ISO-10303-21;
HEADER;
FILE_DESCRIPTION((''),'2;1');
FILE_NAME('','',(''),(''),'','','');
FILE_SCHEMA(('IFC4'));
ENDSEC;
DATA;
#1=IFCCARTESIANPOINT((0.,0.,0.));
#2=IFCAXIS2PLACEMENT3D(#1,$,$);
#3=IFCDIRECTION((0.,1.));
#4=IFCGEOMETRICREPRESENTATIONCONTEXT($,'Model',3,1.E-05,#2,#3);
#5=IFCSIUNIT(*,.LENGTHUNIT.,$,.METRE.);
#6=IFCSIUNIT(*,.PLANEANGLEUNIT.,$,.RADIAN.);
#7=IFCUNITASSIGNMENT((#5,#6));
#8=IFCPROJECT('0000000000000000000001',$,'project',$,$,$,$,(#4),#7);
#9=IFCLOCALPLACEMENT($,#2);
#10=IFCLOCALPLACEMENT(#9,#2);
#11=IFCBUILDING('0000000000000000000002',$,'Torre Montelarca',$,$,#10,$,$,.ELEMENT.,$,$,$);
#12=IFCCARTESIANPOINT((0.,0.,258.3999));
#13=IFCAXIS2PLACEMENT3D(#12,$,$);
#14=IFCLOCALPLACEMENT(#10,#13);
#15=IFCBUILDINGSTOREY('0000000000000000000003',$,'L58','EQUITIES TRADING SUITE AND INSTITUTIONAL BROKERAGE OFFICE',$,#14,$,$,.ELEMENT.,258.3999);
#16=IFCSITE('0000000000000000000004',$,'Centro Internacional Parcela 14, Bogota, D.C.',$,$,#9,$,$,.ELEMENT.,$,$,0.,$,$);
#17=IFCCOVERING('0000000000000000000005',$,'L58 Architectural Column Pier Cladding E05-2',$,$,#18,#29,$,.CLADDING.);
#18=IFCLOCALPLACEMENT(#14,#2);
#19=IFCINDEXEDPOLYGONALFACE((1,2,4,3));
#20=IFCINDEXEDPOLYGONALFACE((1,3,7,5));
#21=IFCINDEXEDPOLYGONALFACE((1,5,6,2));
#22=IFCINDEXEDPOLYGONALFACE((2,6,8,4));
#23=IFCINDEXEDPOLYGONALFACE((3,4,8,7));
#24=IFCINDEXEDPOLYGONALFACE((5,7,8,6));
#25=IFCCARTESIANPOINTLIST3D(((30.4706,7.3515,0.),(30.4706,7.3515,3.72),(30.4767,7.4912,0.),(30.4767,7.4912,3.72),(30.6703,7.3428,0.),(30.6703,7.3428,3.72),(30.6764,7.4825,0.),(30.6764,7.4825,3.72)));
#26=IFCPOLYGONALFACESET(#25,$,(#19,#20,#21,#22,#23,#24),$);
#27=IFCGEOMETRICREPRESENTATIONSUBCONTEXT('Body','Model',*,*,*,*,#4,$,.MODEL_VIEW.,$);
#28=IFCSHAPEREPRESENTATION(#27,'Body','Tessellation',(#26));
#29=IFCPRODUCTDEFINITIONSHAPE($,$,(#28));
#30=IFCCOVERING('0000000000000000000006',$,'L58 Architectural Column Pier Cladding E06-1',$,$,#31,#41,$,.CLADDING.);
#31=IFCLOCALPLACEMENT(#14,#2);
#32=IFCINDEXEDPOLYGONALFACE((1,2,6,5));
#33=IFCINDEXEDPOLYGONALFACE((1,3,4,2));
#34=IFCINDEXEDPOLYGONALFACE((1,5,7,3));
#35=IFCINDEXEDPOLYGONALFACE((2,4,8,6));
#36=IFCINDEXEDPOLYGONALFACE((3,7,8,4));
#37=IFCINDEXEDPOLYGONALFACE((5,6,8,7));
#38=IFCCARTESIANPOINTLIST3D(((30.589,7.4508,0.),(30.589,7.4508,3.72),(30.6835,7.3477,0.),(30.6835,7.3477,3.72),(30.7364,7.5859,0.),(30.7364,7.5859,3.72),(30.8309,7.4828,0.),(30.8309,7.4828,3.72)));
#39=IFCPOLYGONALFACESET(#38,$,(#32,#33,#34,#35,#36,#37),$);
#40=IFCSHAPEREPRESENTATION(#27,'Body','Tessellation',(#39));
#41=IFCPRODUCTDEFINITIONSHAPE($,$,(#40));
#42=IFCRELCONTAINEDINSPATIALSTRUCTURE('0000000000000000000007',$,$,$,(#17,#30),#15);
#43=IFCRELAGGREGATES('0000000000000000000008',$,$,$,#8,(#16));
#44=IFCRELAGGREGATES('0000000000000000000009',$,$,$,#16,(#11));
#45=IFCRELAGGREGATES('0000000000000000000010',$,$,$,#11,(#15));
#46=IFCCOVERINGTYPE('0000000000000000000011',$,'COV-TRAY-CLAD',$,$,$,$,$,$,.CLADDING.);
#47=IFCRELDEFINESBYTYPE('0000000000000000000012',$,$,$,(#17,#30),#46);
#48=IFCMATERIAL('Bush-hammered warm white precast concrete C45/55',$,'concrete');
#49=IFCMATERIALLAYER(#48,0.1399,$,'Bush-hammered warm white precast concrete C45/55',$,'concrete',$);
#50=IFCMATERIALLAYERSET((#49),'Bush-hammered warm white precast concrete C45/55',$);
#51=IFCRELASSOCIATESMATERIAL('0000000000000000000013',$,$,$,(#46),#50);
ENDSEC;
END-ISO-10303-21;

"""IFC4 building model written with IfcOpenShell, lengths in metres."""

from ifc_helpers import new_model, si_unit, direction, frame, origin, origin_2d, place, context, subcontext, project, spatial, rectangle, extrude, source, transform, mapped, material, layer, layer_set, type_object, element, save


model = new_model("IFC4")

# Units and contexts
model_context = context("Model", 3, precision=1e-05, world=origin(), true_north=direction((0.0, 1.0)))
body_context = subcontext(model_context, "Body", "Model", "MODEL_VIEW")
ifc_project = project(units=[si_unit("LENGTHUNIT", "METRE"), si_unit("PLANEANGLEUNIT", "RADIAN")], contexts=[model_context])

# Site, building, storey
site_placement = place(None, origin())
site = spatial("IfcSite", under=ifc_project, at=site_placement, Name="Centro Internacional Parcela 14, Bogota, D.C.", CompositionType="ELEMENT", RefElevation=0.0)
building_placement = place(site_placement, origin())
building = spatial("IfcBuilding", under=site, at=building_placement, Name="Torre Montelarca", CompositionType="ELEMENT")
storey_placement = place(building_placement, frame((0.0, 0.0, 258.3999)))
storey = spatial("IfcBuildingStorey", under=building, at=storey_placement, Name="L58", Description="EQUITIES TRADING SUITE AND INSTITUTIONAL BROKERAGE OFFICE", CompositionType="ELEMENT", Elevation=258.3999)

# Coverings
ifc_material_1 = material(Name="Bush-hammered warm white precast concrete C45/55", Category="concrete")
ifc_layer_1 = layer(ifc_material_1, 0.1399, Name="Bush-hammered warm white precast concrete C45/55", Category="concrete")
ifc_layer_set_1 = layer_set([ifc_layer_1], Name="Bush-hammered warm white precast concrete C45/55")
covering_type = type_object("IfcCoveringType", Name="COV-TRAY-CLAD", PredefinedType="CLADDING", material=ifc_layer_set_1)
shared_shape_1 = source(origin(), body_context, "Body", "SweptSolid", [
    extrude(rectangle(XDim=0.2, YDim=0.1399, at=origin_2d()), origin(), (0.0, 0.0, 1.0), 3.72),
])
for number, where, z_axis, x_axis, name in (
    (1, (30.5735, 7.417, 0.0), (0.0, 0.0, 1.0), (0.999048, -0.043628, 0.0), "L58 Architectural Column Pier Cladding E05-2"),
    (2, (30.71, 7.4668, 0.0), (0.0, 0.0, 1.0), (0.737277, 0.67559, 0.0), "L58 Architectural Column Pier Cladding E06-1"),
):
    element("IfcCovering", number, at=place(storey_placement, frame(where, z_axis=z_axis, x_axis=x_axis)), inside=storey, type_object=covering_type, Name=name, PredefinedType="CLADDING", context=body_context, shape_type="MappedRepresentation", body=[
        mapped(shared_shape_1, transform((0.0, 0.0, 0.0), scale=1.0)),
    ])

save(model, "model.ifc")
